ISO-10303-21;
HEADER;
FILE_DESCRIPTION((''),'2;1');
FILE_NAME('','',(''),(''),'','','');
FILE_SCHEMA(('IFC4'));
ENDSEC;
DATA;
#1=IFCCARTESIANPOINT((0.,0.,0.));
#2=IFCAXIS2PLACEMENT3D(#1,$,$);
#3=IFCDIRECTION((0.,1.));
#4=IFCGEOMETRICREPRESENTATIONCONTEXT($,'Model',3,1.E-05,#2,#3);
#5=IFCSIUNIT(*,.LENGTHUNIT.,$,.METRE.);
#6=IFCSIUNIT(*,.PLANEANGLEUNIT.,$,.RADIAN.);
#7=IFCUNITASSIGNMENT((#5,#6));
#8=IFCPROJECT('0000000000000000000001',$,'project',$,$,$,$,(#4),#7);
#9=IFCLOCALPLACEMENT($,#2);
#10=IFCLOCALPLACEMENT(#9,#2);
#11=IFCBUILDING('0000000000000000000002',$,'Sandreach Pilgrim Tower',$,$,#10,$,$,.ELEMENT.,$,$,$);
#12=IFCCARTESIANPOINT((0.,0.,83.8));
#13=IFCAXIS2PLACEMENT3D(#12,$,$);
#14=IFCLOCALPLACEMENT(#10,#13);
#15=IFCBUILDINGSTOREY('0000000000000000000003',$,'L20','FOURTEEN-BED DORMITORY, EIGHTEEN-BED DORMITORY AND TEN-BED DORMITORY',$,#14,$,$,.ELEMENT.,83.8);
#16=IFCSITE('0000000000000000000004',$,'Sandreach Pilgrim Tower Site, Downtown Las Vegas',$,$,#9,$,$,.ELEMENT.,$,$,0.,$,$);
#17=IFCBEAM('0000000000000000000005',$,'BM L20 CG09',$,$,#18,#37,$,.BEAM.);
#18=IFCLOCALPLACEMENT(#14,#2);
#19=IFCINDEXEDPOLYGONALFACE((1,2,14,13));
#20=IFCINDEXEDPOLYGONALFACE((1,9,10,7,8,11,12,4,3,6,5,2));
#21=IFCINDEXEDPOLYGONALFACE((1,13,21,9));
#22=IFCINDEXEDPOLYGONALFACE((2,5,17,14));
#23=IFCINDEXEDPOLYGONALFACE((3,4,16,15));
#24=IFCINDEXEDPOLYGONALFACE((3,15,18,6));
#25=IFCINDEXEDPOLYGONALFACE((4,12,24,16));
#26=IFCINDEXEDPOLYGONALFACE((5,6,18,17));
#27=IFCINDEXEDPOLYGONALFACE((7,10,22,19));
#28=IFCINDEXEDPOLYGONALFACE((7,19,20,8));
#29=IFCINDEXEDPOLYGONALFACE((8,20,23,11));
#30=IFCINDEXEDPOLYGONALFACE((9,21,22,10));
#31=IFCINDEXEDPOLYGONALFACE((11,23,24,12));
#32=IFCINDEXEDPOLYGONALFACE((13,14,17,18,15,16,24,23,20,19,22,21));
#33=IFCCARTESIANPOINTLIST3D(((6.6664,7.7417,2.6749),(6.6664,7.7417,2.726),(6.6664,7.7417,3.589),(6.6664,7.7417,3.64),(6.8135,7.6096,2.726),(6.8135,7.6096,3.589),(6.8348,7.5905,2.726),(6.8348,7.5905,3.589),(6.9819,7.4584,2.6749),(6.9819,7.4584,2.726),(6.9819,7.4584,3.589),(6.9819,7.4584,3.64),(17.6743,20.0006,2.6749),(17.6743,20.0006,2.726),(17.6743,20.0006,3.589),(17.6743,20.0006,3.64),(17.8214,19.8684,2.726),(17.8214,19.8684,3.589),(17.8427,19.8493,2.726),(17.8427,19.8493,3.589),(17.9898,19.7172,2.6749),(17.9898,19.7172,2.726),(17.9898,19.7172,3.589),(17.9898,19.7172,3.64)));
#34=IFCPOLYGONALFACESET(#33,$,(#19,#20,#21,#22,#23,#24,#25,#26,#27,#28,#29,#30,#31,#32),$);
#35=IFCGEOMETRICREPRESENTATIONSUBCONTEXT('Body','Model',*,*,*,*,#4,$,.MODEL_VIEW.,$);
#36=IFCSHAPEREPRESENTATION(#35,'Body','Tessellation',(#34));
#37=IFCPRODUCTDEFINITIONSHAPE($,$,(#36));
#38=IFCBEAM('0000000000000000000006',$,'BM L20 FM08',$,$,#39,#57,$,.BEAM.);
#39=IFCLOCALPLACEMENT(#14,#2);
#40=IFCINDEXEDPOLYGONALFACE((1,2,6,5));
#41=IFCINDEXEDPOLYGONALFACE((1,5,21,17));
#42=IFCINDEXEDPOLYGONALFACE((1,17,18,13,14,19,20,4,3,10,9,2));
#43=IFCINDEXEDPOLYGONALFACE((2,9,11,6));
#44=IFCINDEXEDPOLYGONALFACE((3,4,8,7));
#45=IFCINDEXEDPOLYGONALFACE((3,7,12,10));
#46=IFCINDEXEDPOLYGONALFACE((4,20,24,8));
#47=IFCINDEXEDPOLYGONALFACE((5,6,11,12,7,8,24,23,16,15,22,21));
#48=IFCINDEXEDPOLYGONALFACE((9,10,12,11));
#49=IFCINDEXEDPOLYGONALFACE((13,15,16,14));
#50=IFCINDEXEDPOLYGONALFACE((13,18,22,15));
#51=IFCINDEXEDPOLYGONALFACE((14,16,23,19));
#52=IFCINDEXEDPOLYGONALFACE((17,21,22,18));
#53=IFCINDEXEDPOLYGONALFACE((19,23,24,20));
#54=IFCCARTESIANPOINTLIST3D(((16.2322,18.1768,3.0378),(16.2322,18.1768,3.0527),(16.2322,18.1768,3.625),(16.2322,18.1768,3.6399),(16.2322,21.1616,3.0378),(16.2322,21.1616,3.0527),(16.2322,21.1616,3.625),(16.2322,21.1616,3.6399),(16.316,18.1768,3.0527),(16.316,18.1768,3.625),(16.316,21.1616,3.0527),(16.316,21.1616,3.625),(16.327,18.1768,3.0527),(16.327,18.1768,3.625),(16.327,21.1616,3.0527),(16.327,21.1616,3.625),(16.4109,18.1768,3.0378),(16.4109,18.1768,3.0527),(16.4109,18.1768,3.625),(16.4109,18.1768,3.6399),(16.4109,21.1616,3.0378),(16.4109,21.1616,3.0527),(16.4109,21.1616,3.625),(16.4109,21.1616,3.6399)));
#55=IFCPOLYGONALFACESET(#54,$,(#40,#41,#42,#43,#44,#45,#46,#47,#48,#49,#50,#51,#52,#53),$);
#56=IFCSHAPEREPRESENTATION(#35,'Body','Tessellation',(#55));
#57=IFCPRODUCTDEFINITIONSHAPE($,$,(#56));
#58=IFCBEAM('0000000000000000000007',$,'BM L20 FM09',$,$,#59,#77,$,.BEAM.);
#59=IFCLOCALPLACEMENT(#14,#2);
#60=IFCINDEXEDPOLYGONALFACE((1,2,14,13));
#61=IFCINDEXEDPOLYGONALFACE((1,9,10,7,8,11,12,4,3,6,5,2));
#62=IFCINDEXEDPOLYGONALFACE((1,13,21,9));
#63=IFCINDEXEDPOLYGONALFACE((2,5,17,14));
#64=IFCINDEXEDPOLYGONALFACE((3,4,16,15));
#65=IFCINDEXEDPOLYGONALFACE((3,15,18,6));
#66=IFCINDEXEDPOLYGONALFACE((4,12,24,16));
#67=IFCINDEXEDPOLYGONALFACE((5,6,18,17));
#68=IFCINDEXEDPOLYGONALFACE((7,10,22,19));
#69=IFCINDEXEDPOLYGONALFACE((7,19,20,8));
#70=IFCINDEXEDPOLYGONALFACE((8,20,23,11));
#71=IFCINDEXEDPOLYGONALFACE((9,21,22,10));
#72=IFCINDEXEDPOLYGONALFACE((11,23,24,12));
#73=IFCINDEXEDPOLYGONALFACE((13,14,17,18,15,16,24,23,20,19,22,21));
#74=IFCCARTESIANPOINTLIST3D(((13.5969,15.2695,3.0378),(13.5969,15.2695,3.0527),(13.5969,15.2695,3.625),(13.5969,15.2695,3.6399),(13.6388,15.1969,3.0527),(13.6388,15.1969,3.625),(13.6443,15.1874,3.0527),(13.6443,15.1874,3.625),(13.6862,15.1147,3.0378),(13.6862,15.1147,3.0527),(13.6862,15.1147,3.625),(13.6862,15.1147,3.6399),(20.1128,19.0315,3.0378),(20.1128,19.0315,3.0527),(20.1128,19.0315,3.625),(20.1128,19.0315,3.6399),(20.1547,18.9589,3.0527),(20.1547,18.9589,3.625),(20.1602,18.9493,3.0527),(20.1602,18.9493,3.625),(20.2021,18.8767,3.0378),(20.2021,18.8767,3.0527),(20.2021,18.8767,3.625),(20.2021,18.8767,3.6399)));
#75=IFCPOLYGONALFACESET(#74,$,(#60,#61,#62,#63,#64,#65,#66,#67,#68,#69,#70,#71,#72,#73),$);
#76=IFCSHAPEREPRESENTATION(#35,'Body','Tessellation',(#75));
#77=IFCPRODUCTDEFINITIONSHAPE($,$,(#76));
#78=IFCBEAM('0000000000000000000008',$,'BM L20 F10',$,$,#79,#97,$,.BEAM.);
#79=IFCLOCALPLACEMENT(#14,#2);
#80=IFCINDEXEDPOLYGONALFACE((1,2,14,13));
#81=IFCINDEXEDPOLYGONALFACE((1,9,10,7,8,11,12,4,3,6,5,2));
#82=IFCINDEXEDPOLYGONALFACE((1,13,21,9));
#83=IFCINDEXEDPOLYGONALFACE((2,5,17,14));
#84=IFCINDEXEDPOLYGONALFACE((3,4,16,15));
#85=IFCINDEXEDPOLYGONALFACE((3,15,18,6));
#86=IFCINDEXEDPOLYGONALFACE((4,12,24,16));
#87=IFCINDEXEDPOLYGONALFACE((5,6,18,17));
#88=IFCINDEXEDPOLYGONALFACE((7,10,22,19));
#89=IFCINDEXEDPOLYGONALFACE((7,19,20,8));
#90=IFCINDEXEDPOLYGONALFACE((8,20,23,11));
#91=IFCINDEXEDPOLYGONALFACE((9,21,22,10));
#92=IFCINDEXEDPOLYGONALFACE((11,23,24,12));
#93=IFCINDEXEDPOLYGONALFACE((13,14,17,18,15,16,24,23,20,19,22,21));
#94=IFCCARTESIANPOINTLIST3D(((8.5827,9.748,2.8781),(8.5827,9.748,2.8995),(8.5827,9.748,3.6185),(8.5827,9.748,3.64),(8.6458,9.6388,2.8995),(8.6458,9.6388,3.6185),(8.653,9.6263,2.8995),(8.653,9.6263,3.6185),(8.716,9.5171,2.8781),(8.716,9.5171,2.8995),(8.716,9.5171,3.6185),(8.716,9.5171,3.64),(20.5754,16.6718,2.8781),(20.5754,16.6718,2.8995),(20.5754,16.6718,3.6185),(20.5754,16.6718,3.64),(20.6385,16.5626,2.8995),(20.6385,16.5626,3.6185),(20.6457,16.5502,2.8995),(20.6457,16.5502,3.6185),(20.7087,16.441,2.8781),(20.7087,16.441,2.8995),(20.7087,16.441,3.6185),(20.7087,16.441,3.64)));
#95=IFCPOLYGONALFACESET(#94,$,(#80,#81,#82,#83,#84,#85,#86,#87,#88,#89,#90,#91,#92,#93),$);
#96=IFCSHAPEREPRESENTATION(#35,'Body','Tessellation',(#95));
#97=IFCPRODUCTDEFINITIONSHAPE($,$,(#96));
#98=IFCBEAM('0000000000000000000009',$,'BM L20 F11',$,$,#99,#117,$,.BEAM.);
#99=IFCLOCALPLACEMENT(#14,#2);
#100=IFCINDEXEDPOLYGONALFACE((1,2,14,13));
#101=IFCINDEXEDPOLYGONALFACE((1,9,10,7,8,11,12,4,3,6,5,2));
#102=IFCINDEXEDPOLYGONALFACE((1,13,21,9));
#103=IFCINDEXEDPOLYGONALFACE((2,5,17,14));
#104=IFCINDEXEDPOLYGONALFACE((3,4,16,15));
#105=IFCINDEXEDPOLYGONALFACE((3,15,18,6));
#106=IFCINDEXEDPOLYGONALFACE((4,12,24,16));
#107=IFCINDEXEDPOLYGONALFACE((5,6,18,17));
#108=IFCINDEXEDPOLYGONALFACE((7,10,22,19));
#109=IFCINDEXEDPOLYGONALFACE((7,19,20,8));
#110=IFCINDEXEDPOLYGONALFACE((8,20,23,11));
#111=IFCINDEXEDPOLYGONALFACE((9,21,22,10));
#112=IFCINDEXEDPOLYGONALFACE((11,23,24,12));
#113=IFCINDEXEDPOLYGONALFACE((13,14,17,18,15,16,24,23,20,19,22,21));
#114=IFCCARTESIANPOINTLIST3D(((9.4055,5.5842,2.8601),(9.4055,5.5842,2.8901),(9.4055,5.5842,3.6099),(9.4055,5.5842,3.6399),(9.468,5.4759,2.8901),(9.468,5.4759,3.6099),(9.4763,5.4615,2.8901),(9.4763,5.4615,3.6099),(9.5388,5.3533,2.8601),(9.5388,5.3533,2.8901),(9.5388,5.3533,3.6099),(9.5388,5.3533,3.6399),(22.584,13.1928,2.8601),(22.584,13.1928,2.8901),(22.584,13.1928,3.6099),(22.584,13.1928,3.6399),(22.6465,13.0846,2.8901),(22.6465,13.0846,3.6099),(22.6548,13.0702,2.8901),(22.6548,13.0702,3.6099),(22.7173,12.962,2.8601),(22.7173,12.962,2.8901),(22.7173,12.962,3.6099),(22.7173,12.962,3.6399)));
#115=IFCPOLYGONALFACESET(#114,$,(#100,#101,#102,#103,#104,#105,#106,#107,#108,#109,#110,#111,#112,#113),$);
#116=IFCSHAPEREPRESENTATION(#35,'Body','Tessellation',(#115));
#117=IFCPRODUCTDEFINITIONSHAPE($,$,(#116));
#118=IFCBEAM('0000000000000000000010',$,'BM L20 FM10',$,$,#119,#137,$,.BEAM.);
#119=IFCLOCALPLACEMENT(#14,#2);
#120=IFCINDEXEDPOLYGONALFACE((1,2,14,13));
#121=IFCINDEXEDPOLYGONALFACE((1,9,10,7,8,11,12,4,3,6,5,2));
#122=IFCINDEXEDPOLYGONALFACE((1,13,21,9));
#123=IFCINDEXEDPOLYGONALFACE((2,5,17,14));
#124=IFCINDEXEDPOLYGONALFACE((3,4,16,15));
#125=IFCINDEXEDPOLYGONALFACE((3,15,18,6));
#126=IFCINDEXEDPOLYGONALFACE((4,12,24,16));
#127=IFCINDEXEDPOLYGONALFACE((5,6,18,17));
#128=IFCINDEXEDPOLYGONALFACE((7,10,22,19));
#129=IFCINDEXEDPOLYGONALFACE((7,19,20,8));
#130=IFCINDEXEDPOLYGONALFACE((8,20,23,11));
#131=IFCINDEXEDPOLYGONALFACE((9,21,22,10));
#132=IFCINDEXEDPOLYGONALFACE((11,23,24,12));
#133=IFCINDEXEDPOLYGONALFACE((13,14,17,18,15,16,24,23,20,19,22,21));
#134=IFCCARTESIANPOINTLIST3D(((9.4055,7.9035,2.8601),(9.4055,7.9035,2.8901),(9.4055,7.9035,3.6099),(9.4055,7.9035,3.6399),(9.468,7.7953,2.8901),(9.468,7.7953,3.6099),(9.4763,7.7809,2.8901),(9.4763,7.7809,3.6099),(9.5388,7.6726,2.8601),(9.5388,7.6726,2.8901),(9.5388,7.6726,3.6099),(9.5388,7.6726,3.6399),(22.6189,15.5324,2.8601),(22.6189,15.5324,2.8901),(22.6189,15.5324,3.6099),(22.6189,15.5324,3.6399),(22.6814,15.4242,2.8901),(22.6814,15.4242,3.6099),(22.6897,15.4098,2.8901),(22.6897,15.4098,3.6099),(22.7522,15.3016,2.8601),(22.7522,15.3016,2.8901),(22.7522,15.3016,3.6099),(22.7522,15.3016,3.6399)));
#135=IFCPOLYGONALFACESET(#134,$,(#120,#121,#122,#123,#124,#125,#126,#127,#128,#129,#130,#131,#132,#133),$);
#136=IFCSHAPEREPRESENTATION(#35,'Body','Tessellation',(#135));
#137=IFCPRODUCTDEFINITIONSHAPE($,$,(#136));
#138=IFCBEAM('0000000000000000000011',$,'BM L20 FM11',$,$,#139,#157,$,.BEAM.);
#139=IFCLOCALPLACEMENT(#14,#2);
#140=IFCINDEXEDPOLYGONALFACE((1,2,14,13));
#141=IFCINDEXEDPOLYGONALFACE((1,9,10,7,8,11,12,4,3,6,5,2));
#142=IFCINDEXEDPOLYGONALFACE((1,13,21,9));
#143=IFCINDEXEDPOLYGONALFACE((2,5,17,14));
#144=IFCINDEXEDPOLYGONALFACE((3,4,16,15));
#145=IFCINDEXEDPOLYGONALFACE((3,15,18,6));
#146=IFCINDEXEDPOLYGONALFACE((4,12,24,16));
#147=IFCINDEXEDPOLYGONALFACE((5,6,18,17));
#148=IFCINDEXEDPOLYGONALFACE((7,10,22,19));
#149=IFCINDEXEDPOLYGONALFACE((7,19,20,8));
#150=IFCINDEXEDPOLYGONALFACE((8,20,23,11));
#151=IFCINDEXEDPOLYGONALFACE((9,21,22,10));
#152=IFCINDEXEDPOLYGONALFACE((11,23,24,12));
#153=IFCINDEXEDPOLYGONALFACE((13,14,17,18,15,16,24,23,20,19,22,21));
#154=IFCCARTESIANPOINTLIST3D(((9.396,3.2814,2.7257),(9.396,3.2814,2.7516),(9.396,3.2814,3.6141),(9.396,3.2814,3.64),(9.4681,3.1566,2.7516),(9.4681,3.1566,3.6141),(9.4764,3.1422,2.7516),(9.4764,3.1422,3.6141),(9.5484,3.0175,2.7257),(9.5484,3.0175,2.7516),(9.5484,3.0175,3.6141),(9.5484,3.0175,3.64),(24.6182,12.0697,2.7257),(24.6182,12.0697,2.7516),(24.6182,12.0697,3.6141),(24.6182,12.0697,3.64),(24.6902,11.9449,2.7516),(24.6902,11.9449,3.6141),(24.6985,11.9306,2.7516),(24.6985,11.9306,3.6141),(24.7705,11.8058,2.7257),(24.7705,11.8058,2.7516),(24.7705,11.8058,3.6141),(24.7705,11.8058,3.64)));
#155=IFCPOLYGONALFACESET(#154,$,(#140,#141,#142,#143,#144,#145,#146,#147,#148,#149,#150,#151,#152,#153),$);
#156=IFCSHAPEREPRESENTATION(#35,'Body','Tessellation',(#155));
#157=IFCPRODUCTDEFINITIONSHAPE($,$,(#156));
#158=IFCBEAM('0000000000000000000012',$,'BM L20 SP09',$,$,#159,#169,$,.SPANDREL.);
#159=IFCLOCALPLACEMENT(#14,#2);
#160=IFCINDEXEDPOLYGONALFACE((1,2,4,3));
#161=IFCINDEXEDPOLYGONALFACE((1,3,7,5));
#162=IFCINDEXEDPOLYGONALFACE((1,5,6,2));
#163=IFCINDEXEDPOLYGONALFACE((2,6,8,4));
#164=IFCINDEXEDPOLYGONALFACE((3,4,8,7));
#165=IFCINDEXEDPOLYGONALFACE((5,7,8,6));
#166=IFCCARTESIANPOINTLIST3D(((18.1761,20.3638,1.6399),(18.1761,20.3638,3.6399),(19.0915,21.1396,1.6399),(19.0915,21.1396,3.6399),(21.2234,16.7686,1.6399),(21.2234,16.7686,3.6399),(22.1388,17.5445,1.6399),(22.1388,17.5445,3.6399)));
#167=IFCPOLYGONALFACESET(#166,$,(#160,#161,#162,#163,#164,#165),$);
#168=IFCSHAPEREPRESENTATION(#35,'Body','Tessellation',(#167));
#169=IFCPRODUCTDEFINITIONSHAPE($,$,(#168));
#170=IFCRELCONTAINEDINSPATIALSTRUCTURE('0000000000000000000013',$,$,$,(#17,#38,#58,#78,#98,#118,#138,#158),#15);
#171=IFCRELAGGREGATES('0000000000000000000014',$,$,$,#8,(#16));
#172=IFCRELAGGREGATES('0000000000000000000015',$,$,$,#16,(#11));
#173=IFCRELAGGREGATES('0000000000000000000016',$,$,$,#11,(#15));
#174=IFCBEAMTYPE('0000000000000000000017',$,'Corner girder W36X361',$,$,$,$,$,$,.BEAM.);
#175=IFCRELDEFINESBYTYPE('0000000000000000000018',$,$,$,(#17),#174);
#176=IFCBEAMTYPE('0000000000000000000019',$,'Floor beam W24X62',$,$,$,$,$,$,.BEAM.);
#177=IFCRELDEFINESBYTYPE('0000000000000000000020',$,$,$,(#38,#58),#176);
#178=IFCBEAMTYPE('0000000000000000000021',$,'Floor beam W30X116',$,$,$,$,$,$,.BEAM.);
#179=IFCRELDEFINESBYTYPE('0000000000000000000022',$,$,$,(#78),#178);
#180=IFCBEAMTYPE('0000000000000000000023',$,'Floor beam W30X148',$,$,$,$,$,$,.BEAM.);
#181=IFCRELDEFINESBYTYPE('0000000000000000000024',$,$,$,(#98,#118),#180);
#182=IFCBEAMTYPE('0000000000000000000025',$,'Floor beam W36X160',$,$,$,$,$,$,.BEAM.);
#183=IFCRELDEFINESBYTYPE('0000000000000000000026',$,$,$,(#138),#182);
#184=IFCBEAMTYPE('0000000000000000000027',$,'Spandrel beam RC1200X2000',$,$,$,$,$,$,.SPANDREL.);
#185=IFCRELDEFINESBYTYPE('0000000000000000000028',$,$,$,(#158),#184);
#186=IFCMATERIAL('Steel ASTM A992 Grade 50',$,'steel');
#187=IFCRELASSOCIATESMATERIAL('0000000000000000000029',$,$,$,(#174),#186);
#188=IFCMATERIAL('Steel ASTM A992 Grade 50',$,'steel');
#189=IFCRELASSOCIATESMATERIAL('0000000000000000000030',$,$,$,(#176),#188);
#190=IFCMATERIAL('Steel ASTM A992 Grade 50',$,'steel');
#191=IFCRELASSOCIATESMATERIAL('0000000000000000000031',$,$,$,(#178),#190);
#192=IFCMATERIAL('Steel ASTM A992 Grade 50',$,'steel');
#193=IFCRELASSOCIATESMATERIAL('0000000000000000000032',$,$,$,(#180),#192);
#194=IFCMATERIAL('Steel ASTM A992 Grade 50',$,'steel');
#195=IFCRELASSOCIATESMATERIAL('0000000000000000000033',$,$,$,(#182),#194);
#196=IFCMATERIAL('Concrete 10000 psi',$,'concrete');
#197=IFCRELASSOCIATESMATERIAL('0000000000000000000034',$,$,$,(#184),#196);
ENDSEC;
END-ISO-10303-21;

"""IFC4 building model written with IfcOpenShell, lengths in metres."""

from ifc_helpers import new_model, si_unit, direction, frame, origin, origin_2d, place, context, subcontext, project, spatial, rectangle, i_section, extrude, material, material_profile, profile_set, type_object, element, save


model = new_model("IFC4")

# Units and contexts
model_context = context("Model", 3, precision=1e-05, world=origin(), true_north=direction((0.0, 1.0)))
body_context = subcontext(model_context, "Body", "Model", "MODEL_VIEW")
ifc_project = project(units=[si_unit("LENGTHUNIT", "METRE"), si_unit("PLANEANGLEUNIT", "RADIAN")], contexts=[model_context])

# Site, building, storey
site_placement = place(None, origin())
site = spatial("IfcSite", under=ifc_project, at=site_placement, Name="Sandreach Pilgrim Tower Site, Downtown Las Vegas", CompositionType="ELEMENT", RefElevation=0.0)
building_placement = place(site_placement, origin())
building = spatial("IfcBuilding", under=site, at=building_placement, Name="Sandreach Pilgrim Tower", CompositionType="ELEMENT")
storey_placement = place(building_placement, frame((0.0, 0.0, 83.8)))
storey = spatial("IfcBuildingStorey", under=building, at=storey_placement, Name="L20", Description="FOURTEEN-BED DORMITORY, EIGHTEEN-BED DORMITORY AND TEN-BED DORMITORY", CompositionType="ELEMENT", Elevation=83.8)

# Beams
ifc_material_1 = material(Name="Steel ASTM A992 Grade 50", Category="steel")
ifc_material_profile_1 = material_profile(ifc_material_1, i_section(OverallWidth=0.4241, OverallDepth=0.9651, WebThickness=0.0286, FlangeThickness=0.051, at=origin_2d()), Name="W36X361")
ifc_profile_set_1 = profile_set([ifc_material_profile_1], Name="Steel ASTM A992 Grade 50")
beam_type_1 = type_object("IfcBeamType", Name="Corner girder W36X361", PredefinedType="BEAM", material=ifc_profile_set_1)
beam_1_placement = place(storey_placement, frame((17.832, 19.8589, 3.1575), z_axis=(-0.668123, -0.744051, 0.0), x_axis=(0.744051, -0.668123, 0.0)))
element("IfcBeam", 1, at=beam_1_placement, inside=storey, type_object=beam_type_1, Name="BM L20 CG09", PredefinedType="BEAM", context=body_context, shape_type="SweptSolid", body=[
    extrude(i_section(OverallWidth=0.4241, OverallDepth=0.9651, WebThickness=0.0286, FlangeThickness=0.051, at=origin_2d()), origin(), (0.0, 0.0, 1.0), 16.4758),
])
ifc_material_2 = material(Name="Steel ASTM A992 Grade 50", Category="steel")
ifc_material_profile_2 = material_profile(ifc_material_2, i_section(OverallWidth=0.1787, OverallDepth=0.6021, WebThickness=0.011, FlangeThickness=0.0149, at=origin_2d()), Name="W24X62")
ifc_profile_set_2 = profile_set([ifc_material_profile_2], Name="Steel ASTM A992 Grade 50")
beam_type_2 = type_object("IfcBeamType", Name="Floor beam W24X62", PredefinedType="BEAM", material=ifc_profile_set_2)
beam_2_placement = place(storey_placement, frame((16.3215, 21.1616, 3.3389), z_axis=(0.0, -1.0, 0.0), x_axis=(1.0, 0.0, 0.0)))
element("IfcBeam", 2, at=beam_2_placement, inside=storey, type_object=beam_type_2, Name="BM L20 FM08", PredefinedType="BEAM", context=body_context, shape_type="SweptSolid", body=[
    extrude(i_section(OverallWidth=0.1787, OverallDepth=0.6021, WebThickness=0.011, FlangeThickness=0.0149, at=origin_2d()), origin(), (0.0, 0.0, 1.0), 2.9849),
])
beam_3_placement = place(storey_placement, frame((20.1575, 18.9541, 3.3389), z_axis=(-0.866024, -0.500002, 0.0), x_axis=(0.500002, -0.866024, 0.0)))
element("IfcBeam", 3, at=beam_3_placement, inside=storey, type_object=beam_type_2, Name="BM L20 FM09", PredefinedType="BEAM", context=body_context, shape_type="SweptSolid", body=[
    extrude(i_section(OverallWidth=0.1787, OverallDepth=0.6021, WebThickness=0.011, FlangeThickness=0.0149, at=origin_2d()), origin(), (0.0, 0.0, 1.0), 7.5239),
])
ifc_material_3 = material(Name="Steel ASTM A992 Grade 50", Category="steel")
ifc_material_profile_3 = material_profile(ifc_material_3, i_section(OverallWidth=0.2666, OverallDepth=0.762, WebThickness=0.0144, FlangeThickness=0.0215, at=origin_2d()), Name="W30X116")
ifc_profile_set_3 = profile_set([ifc_material_profile_3], Name="Steel ASTM A992 Grade 50")
beam_type_3 = type_object("IfcBeamType", Name="Floor beam W30X116", PredefinedType="BEAM", material=ifc_profile_set_3)
beam_4_placement = place(storey_placement, frame((20.6421, 16.5564, 3.259), z_axis=(-0.86603, -0.499992, 0.0), x_axis=(0.499992, -0.86603, 0.0)))
element("IfcBeam", 4, at=beam_4_placement, inside=storey, type_object=beam_type_3, Name="BM L20 F10", PredefinedType="BEAM", context=body_context, shape_type="SweptSolid", body=[
    extrude(i_section(OverallWidth=0.2666, OverallDepth=0.762, WebThickness=0.0144, FlangeThickness=0.0215, at=origin_2d()), origin(), (0.0, 0.0, 1.0), 13.8479),
])
ifc_material_4 = material(Name="Steel ASTM A992 Grade 50", Category="steel")
ifc_material_profile_4 = material_profile(ifc_material_4, i_section(OverallWidth=0.2666, OverallDepth=0.7798, WebThickness=0.0166, FlangeThickness=0.03, at=origin_2d()), Name="W30X148")
ifc_profile_set_4 = profile_set([ifc_material_profile_4], Name="Steel ASTM A992 Grade 50")
beam_type_4 = type_object("IfcBeamType", Name="Floor beam W30X148", PredefinedType="BEAM", material=ifc_profile_set_4)
beam_5_placement = place(storey_placement, frame((22.6506, 13.0774, 3.25), z_axis=(-0.866024, -0.500003, 0.0), x_axis=(0.500003, -0.866024, 0.0)))
element("IfcBeam", 5, at=beam_5_placement, inside=storey, type_object=beam_type_4, Name="BM L20 F11", PredefinedType="BEAM", context=body_context, shape_type="SweptSolid", body=[
    extrude(i_section(OverallWidth=0.2666, OverallDepth=0.7798, WebThickness=0.0166, FlangeThickness=0.03, at=origin_2d()), origin(), (0.0, 0.0, 1.0), 15.2173),
])
beam_6_placement = place(storey_placement, frame((22.6855, 15.417, 3.25), z_axis=(-0.866021, -0.500008, 0.0), x_axis=(0.500008, -0.866021, 0.0)))
element("IfcBeam", 6, at=beam_6_placement, inside=storey, type_object=beam_type_4, Name="BM L20 FM10", PredefinedType="BEAM", context=body_context, shape_type="SweptSolid", body=[
    extrude(i_section(OverallWidth=0.2666, OverallDepth=0.7798, WebThickness=0.0166, FlangeThickness=0.03, at=origin_2d()), origin(), (0.0, 0.0, 1.0), 15.2576),
])
ifc_material_5 = material(Name="Steel ASTM A992 Grade 50", Category="steel")
ifc_material_profile_5 = material_profile(ifc_material_5, i_section(OverallWidth=0.3047, OverallDepth=0.9143, WebThickness=0.0166, FlangeThickness=0.0259, at=origin_2d()), Name="W36X160")
ifc_profile_set_5 = profile_set([ifc_material_profile_5], Name="Steel ASTM A992 Grade 50")
beam_type_5 = type_object("IfcBeamType", Name="Floor beam W36X160", PredefinedType="BEAM", material=ifc_profile_set_5)
beam_7_placement = place(storey_placement, frame((24.6943, 11.9377, 3.1829), z_axis=(-0.86603, -0.499992, 0.0), x_axis=(0.499992, -0.86603, 0.0)))
element("IfcBeam", 7, at=beam_7_placement, inside=storey, type_object=beam_type_5, Name="BM L20 FM11", PredefinedType="BEAM", context=body_context, shape_type="SweptSolid", body=[
    extrude(i_section(OverallWidth=0.3047, OverallDepth=0.9143, WebThickness=0.0166, FlangeThickness=0.0259, at=origin_2d()), origin(), (0.0, 0.0, 1.0), 17.5769),
])
ifc_material_6 = material(Name="Concrete 10000 psi", Category="concrete")
ifc_material_profile_6 = material_profile(ifc_material_6, rectangle(XDim=1.2, YDim=2.0, at=origin_2d()), Name="RC1200X2000")
ifc_profile_set_6 = profile_set([ifc_material_profile_6], Name="Concrete 10000 psi")
beam_type_6 = type_object("IfcBeamType", Name="Spandrel beam RC1200X2000", PredefinedType="SPANDREL", material=ifc_profile_set_6)
beam_8_placement = place(storey_placement, frame((18.6338, 20.7517, 2.6399), z_axis=(0.646592, -0.762836, 0.0), x_axis=(0.762836, 0.646592, 0.0)))
element("IfcBeam", 8, at=beam_8_placement, inside=storey, type_object=beam_type_6, Name="BM L20 SP09", PredefinedType="SPANDREL", context=body_context, shape_type="SweptSolid", body=[
    extrude(rectangle(XDim=1.2, YDim=2.0, at=origin_2d()), origin(), (0.0, 0.0, 1.0), 4.7129),
])

save(model, "model.ifc")
